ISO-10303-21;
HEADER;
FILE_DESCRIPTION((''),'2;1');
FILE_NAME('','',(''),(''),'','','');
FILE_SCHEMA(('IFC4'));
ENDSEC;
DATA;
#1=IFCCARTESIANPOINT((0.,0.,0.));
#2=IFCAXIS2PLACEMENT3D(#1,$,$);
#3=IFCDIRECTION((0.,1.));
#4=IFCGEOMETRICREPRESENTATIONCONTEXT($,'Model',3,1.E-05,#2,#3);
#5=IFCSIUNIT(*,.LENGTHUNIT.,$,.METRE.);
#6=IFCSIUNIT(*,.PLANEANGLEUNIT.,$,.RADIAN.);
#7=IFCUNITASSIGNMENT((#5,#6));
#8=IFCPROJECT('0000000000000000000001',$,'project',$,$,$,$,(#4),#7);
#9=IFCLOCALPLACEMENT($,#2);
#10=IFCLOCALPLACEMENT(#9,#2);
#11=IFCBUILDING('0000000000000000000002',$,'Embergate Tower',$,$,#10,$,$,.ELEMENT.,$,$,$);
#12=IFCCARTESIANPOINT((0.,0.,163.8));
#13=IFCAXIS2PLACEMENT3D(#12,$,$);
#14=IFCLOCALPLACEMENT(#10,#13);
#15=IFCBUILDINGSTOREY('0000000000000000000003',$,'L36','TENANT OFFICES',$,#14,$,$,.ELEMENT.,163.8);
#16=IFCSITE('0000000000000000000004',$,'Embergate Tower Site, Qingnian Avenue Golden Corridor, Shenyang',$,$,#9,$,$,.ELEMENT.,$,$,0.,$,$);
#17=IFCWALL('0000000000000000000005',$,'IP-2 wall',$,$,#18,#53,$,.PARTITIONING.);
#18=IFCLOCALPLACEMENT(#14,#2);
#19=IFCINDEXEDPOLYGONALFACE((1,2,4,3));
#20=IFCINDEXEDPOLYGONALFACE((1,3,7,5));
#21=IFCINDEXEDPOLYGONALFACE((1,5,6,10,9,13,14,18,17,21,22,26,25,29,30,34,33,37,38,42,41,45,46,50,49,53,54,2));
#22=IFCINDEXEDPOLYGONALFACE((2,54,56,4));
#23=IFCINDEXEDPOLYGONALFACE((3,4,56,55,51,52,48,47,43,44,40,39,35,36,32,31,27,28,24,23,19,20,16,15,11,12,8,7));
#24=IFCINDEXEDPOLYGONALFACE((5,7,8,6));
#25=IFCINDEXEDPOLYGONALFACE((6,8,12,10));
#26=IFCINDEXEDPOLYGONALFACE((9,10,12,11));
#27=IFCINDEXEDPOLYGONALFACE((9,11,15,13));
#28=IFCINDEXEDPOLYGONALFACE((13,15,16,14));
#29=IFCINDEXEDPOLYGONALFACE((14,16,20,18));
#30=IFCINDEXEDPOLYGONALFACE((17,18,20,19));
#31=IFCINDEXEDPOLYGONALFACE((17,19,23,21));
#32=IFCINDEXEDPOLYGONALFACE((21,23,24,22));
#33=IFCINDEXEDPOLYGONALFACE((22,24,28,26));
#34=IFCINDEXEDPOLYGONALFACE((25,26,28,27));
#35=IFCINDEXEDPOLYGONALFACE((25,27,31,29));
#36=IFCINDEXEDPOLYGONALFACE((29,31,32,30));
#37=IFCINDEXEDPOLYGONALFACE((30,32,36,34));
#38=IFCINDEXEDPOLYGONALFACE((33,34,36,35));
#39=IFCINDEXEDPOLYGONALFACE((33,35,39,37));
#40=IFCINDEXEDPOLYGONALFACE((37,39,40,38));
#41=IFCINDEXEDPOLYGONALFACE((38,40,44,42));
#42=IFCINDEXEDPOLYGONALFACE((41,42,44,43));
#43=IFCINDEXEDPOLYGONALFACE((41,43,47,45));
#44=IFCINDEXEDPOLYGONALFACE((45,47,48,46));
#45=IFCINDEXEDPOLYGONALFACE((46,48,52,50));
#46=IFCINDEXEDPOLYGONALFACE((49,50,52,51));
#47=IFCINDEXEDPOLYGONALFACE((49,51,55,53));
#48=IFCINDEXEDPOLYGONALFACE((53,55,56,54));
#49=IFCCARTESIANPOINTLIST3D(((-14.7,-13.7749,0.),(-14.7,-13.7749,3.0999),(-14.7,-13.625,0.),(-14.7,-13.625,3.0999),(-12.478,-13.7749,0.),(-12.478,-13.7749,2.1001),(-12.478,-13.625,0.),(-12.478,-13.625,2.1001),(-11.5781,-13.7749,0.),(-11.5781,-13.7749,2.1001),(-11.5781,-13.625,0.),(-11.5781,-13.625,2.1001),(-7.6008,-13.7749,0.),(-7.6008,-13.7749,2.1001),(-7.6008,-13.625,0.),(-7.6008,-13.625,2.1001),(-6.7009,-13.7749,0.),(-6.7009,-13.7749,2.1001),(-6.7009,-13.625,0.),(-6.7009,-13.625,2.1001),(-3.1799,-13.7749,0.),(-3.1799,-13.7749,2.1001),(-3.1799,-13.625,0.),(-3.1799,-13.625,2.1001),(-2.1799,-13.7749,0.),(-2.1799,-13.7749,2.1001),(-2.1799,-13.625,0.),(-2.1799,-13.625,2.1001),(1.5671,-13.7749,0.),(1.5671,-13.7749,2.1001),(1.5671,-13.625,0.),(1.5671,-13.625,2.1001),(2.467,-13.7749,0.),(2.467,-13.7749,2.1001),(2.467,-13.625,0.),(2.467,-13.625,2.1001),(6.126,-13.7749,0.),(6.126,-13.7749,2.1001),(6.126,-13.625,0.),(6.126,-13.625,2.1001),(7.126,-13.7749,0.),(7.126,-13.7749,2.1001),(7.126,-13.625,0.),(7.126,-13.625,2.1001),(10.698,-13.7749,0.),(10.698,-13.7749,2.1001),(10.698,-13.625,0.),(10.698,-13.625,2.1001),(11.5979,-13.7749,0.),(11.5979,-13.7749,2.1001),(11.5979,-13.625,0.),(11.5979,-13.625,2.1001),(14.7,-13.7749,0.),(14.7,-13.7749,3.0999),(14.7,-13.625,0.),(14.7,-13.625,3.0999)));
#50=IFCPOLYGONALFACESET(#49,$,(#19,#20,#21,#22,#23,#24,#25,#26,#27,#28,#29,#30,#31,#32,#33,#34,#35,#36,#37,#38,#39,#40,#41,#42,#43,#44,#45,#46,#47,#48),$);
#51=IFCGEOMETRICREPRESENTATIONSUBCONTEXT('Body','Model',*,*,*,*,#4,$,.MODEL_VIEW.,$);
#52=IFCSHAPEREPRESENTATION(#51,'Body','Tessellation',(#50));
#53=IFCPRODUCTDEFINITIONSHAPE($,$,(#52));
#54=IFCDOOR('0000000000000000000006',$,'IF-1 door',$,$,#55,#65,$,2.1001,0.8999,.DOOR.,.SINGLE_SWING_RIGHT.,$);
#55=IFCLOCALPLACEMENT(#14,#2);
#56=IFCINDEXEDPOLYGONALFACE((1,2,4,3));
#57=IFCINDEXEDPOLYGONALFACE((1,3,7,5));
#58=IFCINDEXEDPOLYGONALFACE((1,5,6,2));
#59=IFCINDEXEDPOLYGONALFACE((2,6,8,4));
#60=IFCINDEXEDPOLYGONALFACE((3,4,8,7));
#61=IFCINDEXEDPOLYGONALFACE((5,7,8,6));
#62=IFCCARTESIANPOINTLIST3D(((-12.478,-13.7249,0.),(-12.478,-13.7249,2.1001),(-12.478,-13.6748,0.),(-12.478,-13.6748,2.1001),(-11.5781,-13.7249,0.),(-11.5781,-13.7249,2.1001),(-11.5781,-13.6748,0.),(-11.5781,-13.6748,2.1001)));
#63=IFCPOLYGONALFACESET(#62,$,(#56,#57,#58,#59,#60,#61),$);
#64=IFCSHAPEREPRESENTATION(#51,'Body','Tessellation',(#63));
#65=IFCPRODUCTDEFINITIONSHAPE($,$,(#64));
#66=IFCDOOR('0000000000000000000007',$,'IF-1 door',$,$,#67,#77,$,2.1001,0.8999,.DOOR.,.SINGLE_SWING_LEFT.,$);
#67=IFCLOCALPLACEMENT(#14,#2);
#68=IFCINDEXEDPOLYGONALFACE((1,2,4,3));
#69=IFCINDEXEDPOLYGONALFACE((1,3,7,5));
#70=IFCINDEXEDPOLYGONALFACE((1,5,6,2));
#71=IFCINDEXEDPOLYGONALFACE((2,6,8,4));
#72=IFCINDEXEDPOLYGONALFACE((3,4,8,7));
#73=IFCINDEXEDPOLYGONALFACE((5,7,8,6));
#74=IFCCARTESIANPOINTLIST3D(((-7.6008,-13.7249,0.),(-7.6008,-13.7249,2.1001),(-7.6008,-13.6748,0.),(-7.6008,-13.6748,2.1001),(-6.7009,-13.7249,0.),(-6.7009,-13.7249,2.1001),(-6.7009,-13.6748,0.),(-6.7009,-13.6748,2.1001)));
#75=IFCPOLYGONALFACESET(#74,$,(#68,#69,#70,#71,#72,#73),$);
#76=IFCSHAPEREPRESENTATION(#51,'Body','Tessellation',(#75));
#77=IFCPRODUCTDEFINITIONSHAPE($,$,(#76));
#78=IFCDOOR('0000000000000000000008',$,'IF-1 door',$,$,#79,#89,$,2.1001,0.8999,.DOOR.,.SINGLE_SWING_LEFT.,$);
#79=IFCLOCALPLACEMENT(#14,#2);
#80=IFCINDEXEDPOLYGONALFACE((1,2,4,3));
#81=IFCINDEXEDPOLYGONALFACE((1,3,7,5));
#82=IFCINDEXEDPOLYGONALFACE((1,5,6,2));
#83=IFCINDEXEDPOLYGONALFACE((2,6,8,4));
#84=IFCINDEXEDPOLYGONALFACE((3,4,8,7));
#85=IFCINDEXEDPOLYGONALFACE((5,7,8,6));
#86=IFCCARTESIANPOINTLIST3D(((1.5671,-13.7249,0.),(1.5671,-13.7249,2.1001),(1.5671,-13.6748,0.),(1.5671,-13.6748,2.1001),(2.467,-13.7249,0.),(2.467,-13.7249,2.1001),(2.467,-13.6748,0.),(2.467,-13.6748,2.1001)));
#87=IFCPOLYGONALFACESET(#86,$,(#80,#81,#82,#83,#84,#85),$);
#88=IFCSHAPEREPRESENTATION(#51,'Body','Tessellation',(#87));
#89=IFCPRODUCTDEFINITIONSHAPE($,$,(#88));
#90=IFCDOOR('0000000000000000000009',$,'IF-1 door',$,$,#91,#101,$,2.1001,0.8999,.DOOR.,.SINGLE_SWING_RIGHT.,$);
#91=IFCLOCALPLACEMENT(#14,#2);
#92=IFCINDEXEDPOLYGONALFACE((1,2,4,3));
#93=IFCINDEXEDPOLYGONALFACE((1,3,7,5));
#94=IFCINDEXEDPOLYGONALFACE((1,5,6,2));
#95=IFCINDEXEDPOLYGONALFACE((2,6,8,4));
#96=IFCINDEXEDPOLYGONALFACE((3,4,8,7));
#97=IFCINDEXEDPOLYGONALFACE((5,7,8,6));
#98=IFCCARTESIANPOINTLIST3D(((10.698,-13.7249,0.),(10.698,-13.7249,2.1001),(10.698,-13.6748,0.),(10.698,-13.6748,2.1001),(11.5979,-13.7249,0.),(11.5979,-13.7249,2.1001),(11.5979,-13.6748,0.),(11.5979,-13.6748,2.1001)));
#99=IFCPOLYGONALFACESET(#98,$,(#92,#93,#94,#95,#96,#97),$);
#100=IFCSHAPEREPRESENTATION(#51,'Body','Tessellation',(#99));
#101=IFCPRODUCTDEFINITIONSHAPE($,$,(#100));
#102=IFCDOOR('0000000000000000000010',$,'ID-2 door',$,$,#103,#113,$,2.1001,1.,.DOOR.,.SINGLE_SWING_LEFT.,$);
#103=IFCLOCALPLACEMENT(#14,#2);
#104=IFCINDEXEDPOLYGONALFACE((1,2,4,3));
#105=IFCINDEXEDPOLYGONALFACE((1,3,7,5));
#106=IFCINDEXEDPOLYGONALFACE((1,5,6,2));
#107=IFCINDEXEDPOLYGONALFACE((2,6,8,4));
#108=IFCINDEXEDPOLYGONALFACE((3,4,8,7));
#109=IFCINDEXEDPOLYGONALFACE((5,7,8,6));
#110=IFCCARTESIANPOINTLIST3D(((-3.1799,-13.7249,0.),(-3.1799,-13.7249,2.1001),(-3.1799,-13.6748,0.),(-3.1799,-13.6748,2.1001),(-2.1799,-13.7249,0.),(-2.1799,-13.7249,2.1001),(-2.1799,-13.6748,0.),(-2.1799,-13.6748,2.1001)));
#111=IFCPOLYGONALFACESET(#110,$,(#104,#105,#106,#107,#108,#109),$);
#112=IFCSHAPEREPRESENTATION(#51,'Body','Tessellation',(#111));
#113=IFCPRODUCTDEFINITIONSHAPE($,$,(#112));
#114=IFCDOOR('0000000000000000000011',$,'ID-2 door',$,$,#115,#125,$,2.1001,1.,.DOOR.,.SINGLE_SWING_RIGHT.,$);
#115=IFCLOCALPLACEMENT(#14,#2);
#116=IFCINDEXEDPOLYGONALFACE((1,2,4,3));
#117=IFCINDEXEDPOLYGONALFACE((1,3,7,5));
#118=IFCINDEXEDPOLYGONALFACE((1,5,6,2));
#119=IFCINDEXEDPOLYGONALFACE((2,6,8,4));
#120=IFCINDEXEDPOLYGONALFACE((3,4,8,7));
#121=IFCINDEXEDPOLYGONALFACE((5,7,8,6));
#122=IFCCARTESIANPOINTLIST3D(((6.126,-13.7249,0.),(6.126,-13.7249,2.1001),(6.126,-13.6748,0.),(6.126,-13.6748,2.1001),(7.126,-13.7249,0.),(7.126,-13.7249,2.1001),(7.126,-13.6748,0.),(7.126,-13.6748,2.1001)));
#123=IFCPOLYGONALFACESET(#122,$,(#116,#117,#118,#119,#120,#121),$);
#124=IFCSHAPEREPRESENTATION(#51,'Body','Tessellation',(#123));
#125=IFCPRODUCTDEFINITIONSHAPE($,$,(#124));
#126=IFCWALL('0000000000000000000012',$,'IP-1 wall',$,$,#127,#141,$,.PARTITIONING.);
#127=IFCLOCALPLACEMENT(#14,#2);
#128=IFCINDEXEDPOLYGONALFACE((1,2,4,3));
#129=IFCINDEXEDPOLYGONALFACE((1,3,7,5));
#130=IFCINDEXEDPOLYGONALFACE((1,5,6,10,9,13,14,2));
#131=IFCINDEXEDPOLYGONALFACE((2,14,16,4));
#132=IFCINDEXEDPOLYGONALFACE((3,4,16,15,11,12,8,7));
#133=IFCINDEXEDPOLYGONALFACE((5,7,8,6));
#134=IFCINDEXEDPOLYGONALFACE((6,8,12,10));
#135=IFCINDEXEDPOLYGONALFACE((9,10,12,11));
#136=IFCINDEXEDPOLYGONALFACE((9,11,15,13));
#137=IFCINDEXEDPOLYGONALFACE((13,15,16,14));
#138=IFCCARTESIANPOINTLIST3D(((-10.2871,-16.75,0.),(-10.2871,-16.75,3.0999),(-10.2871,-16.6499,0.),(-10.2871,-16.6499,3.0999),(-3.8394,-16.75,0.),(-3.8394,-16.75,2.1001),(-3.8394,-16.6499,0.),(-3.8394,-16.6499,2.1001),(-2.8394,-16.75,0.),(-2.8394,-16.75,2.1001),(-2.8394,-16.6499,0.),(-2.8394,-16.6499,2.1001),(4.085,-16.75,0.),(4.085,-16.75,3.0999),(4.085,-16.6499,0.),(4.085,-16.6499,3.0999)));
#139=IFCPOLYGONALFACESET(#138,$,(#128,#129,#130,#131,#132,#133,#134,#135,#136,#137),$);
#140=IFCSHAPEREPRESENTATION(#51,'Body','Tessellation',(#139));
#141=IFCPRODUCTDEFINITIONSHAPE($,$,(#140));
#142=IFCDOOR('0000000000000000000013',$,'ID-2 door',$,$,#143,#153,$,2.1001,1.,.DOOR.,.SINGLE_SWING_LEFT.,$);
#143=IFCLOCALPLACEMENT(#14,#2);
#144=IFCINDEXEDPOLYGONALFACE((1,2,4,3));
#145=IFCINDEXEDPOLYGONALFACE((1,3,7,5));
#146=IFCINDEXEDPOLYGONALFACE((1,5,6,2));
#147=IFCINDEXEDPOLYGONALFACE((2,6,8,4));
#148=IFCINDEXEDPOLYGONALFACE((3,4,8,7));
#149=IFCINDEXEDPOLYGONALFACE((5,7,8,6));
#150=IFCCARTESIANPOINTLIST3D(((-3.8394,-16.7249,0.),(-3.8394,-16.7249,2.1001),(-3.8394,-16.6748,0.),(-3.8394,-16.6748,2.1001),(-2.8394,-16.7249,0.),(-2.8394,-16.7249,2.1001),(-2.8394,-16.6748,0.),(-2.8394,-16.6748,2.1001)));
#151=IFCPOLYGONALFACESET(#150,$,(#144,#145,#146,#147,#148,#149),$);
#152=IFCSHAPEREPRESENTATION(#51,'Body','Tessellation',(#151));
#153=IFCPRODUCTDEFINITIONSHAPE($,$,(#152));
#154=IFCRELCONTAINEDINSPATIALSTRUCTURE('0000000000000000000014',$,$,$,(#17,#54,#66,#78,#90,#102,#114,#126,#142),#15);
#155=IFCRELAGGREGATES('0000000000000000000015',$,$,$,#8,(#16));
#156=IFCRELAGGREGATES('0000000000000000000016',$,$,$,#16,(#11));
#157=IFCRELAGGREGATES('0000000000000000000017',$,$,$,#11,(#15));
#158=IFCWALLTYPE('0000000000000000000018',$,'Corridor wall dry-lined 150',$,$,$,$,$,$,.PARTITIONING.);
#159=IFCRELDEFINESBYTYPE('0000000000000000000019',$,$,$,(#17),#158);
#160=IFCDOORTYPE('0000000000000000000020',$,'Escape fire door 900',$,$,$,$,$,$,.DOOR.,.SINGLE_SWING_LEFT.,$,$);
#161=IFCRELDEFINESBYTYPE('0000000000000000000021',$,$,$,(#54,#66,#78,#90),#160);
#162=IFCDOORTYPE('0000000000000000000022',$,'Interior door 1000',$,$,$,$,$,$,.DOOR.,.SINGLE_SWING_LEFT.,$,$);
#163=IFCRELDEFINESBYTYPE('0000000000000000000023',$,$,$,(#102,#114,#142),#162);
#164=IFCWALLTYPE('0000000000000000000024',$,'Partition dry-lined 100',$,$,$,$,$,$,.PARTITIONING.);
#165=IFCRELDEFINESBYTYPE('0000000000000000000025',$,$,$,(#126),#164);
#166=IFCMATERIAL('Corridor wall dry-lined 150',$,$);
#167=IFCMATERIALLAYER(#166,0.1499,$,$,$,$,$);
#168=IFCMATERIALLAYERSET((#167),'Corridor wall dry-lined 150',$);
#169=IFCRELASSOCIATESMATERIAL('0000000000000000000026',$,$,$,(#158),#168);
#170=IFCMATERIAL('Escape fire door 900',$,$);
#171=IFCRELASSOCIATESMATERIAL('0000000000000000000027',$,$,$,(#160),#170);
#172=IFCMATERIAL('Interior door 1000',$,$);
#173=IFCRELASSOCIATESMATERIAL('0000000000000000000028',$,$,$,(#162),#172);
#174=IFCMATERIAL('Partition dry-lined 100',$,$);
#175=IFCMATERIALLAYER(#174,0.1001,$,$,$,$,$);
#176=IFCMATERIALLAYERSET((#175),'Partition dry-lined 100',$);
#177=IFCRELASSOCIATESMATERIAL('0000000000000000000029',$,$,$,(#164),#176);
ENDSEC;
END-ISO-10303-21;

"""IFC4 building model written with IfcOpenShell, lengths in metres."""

from ifc_helpers import new_model, si_unit, direction, frame, frame_2d, origin, place, context, subcontext, project, spatial, rectangle, extrude, source, transform, mapped, material, layer, layer_set, type_object, element, fill, save


model = new_model("IFC4")

# Units and contexts
model_context = context("Model", 3, precision=1e-05, world=origin(), true_north=direction((0.0, 1.0)))
body_context = subcontext(model_context, "Body", "Model", "MODEL_VIEW")
ifc_project = project(units=[si_unit("LENGTHUNIT", "METRE"), si_unit("PLANEANGLEUNIT", "RADIAN")], contexts=[model_context])

# Site, building, storey
site_placement = place(None, origin())
site = spatial("IfcSite", under=ifc_project, at=site_placement, Name="Embergate Tower Site, Qingnian Avenue Golden Corridor, Shenyang", CompositionType="ELEMENT", RefElevation=0.0)
building_placement = place(site_placement, origin())
building = spatial("IfcBuilding", under=site, at=building_placement, Name="Embergate Tower", CompositionType="ELEMENT")
storey_placement = place(building_placement, frame((0.0, 0.0, 163.8)))
storey = spatial("IfcBuildingStorey", under=building, at=storey_placement, Name="L36", Description="TENANT OFFICES", CompositionType="ELEMENT", Elevation=163.8)

# Wall, openings, doors
shared_shape_1 = source(origin(), body_context, "Body", "SweptSolid", [
    extrude(rectangle(XDim=1.0, YDim=2.1001, at=frame_2d((0.5, 1.05))), frame((0.0, 0.0249, 0.0), z_axis=(0.0, -1.0, 0.0), x_axis=(1.0, 0.0, 0.0)), (0.0, 0.0, 1.0), 0.05),
])
ifc_material_1 = material(Name="Corridor wall dry-lined 150")
ifc_layer_1 = layer(ifc_material_1, 0.1499)
ifc_layer_set_1 = layer_set([ifc_layer_1], Name="Corridor wall dry-lined 150")
wall_type_1 = type_object("IfcWallType", Name="Corridor wall dry-lined 150", PredefinedType="PARTITIONING", material=ifc_layer_set_1)
shared_shape_2 = source(origin(), body_context, "Body", "SweptSolid", [
    extrude(rectangle(XDim=29.3999, YDim=0.1499, at=frame_2d((14.7, 0.0))), origin(), (0.0, 0.0, 1.0), 3.0999),
])
wall_1_placement = place(storey_placement, frame((14.7, -13.7, 0.0), z_axis=(0.0, 0.0, 1.0), x_axis=(-1.0, 0.0, 0.0)))
wall_1 = element("IfcWall", 1, at=wall_1_placement, inside=storey, type_object=wall_type_1, Name="IP-2 wall", PredefinedType="PARTITIONING", context=body_context, shape_type="MappedRepresentation", body=[
    mapped(shared_shape_2, transform((0.0, 0.0, 0.0))),
])
shared_shape_3 = source(origin(), body_context, "Body", "SweptSolid", [
    extrude(rectangle(XDim=0.8999, YDim=2.1001, at=frame_2d((0.45, 1.05))), frame((0.0, 0.085, 0.0), z_axis=(0.0, -1.0, 0.0), x_axis=(1.0, 0.0, 0.0)), (0.0, 0.0, 1.0), 0.1699),
])
opening_1_placement = place(wall_1_placement, frame((26.2781, 0.0, 0.0)))
opening_1 = element("IfcOpeningElement", 2, at=opening_1_placement, cuts=wall_1, PredefinedType="OPENING", context=body_context, shape_type="MappedRepresentation", body=[
    mapped(shared_shape_3, transform((0.0, 0.0, 0.0))),
])
opening_2_placement = place(wall_1_placement, frame((21.4009, 0.0, 0.0)))
opening_2 = element("IfcOpeningElement", 3, at=opening_2_placement, cuts=wall_1, PredefinedType="OPENING", context=body_context, shape_type="MappedRepresentation", body=[
    mapped(shared_shape_3, transform((0.0, 0.0, 0.0))),
])
shared_shape_4 = source(origin(), body_context, "Body", "SweptSolid", [
    extrude(rectangle(XDim=1.0, YDim=2.1001, at=frame_2d((0.5, 1.05))), frame((0.0, 0.085, 0.0), z_axis=(0.0, -1.0, 0.0), x_axis=(1.0, 0.0, 0.0)), (0.0, 0.0, 1.0), 0.1699),
])
opening_3_placement = place(wall_1_placement, frame((16.8799, 0.0, 0.0)))
opening_3 = element("IfcOpeningElement", 4, at=opening_3_placement, cuts=wall_1, PredefinedType="OPENING", context=body_context, shape_type="MappedRepresentation", body=[
    mapped(shared_shape_4, transform((0.0, 0.0, 0.0))),
])
opening_4_placement = place(wall_1_placement, frame((12.2329, 0.0, 0.0)))
opening_4 = element("IfcOpeningElement", 5, at=opening_4_placement, cuts=wall_1, PredefinedType="OPENING", context=body_context, shape_type="MappedRepresentation", body=[
    mapped(shared_shape_3, transform((0.0, 0.0, 0.0))),
])
opening_5_placement = place(wall_1_placement, frame((7.574, 0.0, 0.0)))
opening_5 = element("IfcOpeningElement", 6, at=opening_5_placement, cuts=wall_1, PredefinedType="OPENING", context=body_context, shape_type="MappedRepresentation", body=[
    mapped(shared_shape_4, transform((0.0, 0.0, 0.0))),
])
opening_6_placement = place(wall_1_placement, frame((3.1021, 0.0, 0.0)))
opening_6 = element("IfcOpeningElement", 7, at=opening_6_placement, cuts=wall_1, PredefinedType="OPENING", context=body_context, shape_type="MappedRepresentation", body=[
    mapped(shared_shape_3, transform((0.0, 0.0, 0.0))),
])
ifc_material_2 = material(Name="Escape fire door 900")
door_type_1 = type_object("IfcDoorType", Name="Escape fire door 900", OperationType="SINGLE_SWING_LEFT", PredefinedType="DOOR", material=ifc_material_2)
shared_shape_5 = source(origin(), body_context, "Body", "SweptSolid", [
    extrude(rectangle(XDim=0.8999, YDim=2.1001, at=frame_2d((0.45, 1.05))), frame((0.0, 0.0249, 0.0), z_axis=(0.0, -1.0, 0.0), x_axis=(1.0, 0.0, 0.0)), (0.0, 0.0, 1.0), 0.05),
])
door_1_placement = place(opening_1_placement, origin())
door_1 = element("IfcDoor", 8, at=door_1_placement, inside=storey, type_object=door_type_1, Name="IF-1 door", OperationType="SINGLE_SWING_RIGHT", OverallHeight=2.1001, OverallWidth=0.8999, PredefinedType="DOOR", context=body_context, shape_type="MappedRepresentation", body=[
    mapped(shared_shape_5, transform((0.0, 0.0, 0.0))),
])
fill(opening_1, door_1)
door_2_placement = place(opening_2_placement, origin())
door_2 = element("IfcDoor", 9, at=door_2_placement, inside=storey, type_object=door_type_1, Name="IF-1 door", OperationType="SINGLE_SWING_LEFT", OverallHeight=2.1001, OverallWidth=0.8999, PredefinedType="DOOR", context=body_context, shape_type="MappedRepresentation", body=[
    mapped(shared_shape_5, transform((0.0, 0.0, 0.0))),
])
fill(opening_2, door_2)
door_3_placement = place(opening_4_placement, origin())
door_3 = element("IfcDoor", 10, at=door_3_placement, inside=storey, type_object=door_type_1, Name="IF-1 door", OperationType="SINGLE_SWING_LEFT", OverallHeight=2.1001, OverallWidth=0.8999, PredefinedType="DOOR", context=body_context, shape_type="MappedRepresentation", body=[
    mapped(shared_shape_5, transform((0.0, 0.0, 0.0))),
])
fill(opening_4, door_3)
door_4_placement = place(opening_6_placement, origin())
door_4 = element("IfcDoor", 11, at=door_4_placement, inside=storey, type_object=door_type_1, Name="IF-1 door", OperationType="SINGLE_SWING_RIGHT", OverallHeight=2.1001, OverallWidth=0.8999, PredefinedType="DOOR", context=body_context, shape_type="MappedRepresentation", body=[
    mapped(shared_shape_5, transform((0.0, 0.0, 0.0))),
])
fill(opening_6, door_4)
ifc_material_3 = material(Name="Interior door 1000")
door_type_2 = type_object("IfcDoorType", Name="Interior door 1000", OperationType="SINGLE_SWING_LEFT", PredefinedType="DOOR", material=ifc_material_3)
door_5_placement = place(opening_3_placement, origin())
door_5 = element("IfcDoor", 12, at=door_5_placement, inside=storey, type_object=door_type_2, Name="ID-2 door", OperationType="SINGLE_SWING_LEFT", OverallHeight=2.1001, OverallWidth=1.0, PredefinedType="DOOR", context=body_context, shape_type="MappedRepresentation", body=[
    mapped(shared_shape_1, transform((0.0, 0.0, 0.0))),
])
fill(opening_3, door_5)
door_6_placement = place(opening_5_placement, origin())
door_6 = element("IfcDoor", 13, at=door_6_placement, inside=storey, type_object=door_type_2, Name="ID-2 door", OperationType="SINGLE_SWING_RIGHT", OverallHeight=2.1001, OverallWidth=1.0, PredefinedType="DOOR", context=body_context, shape_type="MappedRepresentation", body=[
    mapped(shared_shape_1, transform((0.0, 0.0, 0.0))),
])
fill(opening_5, door_6)

# Wall, opening, door
ifc_material_4 = material(Name="Partition dry-lined 100")
ifc_layer_2 = layer(ifc_material_4, 0.1001)
ifc_layer_set_2 = layer_set([ifc_layer_2], Name="Partition dry-lined 100")
wall_type_2 = type_object("IfcWallType", Name="Partition dry-lined 100", PredefinedType="PARTITIONING", material=ifc_layer_set_2)
shared_shape_6 = source(origin(), body_context, "Body", "SweptSolid", [
    extrude(rectangle(XDim=14.3721, YDim=0.1001, at=frame_2d((7.186, 0.0))), origin(), (0.0, 0.0, 1.0), 3.0999),
])
wall_2_placement = place(storey_placement, frame((4.085, -16.7, 0.0), z_axis=(0.0, 0.0, 1.0), x_axis=(-1.0, 0.0, 0.0)))
wall_2 = element("IfcWall", 14, at=wall_2_placement, inside=storey, type_object=wall_type_2, Name="IP-1 wall", PredefinedType="PARTITIONING", context=body_context, shape_type="MappedRepresentation", body=[
    mapped(shared_shape_6, transform((0.0, 0.0, 0.0))),
])
shared_shape_7 = source(origin(), body_context, "Body", "SweptSolid", [
    extrude(rectangle(XDim=1.0, YDim=2.1001, at=frame_2d((0.5, 1.05))), frame((0.0, 0.0601, 0.0), z_axis=(0.0, -1.0, 0.0), x_axis=(1.0, 0.0, 0.0)), (0.0, 0.0, 1.0), 0.1201),
])
opening_7_placement = place(wall_2_placement, frame((6.9243, 0.0, 0.0)))
opening_7 = element("IfcOpeningElement", 15, at=opening_7_placement, cuts=wall_2, PredefinedType="OPENING", context=body_context, shape_type="MappedRepresentation", body=[
    mapped(shared_shape_7, transform((0.0, 0.0, 0.0))),
])
door_7_placement = place(opening_7_placement, origin())
door_7 = element("IfcDoor", 16, at=door_7_placement, inside=storey, type_object=door_type_2, Name="ID-2 door", OperationType="SINGLE_SWING_LEFT", OverallHeight=2.1001, OverallWidth=1.0, PredefinedType="DOOR", context=body_context, shape_type="MappedRepresentation", body=[
    mapped(shared_shape_1, transform((0.0, 0.0, 0.0))),
])
fill(opening_7, door_7)

save(model, "model.ifc")
